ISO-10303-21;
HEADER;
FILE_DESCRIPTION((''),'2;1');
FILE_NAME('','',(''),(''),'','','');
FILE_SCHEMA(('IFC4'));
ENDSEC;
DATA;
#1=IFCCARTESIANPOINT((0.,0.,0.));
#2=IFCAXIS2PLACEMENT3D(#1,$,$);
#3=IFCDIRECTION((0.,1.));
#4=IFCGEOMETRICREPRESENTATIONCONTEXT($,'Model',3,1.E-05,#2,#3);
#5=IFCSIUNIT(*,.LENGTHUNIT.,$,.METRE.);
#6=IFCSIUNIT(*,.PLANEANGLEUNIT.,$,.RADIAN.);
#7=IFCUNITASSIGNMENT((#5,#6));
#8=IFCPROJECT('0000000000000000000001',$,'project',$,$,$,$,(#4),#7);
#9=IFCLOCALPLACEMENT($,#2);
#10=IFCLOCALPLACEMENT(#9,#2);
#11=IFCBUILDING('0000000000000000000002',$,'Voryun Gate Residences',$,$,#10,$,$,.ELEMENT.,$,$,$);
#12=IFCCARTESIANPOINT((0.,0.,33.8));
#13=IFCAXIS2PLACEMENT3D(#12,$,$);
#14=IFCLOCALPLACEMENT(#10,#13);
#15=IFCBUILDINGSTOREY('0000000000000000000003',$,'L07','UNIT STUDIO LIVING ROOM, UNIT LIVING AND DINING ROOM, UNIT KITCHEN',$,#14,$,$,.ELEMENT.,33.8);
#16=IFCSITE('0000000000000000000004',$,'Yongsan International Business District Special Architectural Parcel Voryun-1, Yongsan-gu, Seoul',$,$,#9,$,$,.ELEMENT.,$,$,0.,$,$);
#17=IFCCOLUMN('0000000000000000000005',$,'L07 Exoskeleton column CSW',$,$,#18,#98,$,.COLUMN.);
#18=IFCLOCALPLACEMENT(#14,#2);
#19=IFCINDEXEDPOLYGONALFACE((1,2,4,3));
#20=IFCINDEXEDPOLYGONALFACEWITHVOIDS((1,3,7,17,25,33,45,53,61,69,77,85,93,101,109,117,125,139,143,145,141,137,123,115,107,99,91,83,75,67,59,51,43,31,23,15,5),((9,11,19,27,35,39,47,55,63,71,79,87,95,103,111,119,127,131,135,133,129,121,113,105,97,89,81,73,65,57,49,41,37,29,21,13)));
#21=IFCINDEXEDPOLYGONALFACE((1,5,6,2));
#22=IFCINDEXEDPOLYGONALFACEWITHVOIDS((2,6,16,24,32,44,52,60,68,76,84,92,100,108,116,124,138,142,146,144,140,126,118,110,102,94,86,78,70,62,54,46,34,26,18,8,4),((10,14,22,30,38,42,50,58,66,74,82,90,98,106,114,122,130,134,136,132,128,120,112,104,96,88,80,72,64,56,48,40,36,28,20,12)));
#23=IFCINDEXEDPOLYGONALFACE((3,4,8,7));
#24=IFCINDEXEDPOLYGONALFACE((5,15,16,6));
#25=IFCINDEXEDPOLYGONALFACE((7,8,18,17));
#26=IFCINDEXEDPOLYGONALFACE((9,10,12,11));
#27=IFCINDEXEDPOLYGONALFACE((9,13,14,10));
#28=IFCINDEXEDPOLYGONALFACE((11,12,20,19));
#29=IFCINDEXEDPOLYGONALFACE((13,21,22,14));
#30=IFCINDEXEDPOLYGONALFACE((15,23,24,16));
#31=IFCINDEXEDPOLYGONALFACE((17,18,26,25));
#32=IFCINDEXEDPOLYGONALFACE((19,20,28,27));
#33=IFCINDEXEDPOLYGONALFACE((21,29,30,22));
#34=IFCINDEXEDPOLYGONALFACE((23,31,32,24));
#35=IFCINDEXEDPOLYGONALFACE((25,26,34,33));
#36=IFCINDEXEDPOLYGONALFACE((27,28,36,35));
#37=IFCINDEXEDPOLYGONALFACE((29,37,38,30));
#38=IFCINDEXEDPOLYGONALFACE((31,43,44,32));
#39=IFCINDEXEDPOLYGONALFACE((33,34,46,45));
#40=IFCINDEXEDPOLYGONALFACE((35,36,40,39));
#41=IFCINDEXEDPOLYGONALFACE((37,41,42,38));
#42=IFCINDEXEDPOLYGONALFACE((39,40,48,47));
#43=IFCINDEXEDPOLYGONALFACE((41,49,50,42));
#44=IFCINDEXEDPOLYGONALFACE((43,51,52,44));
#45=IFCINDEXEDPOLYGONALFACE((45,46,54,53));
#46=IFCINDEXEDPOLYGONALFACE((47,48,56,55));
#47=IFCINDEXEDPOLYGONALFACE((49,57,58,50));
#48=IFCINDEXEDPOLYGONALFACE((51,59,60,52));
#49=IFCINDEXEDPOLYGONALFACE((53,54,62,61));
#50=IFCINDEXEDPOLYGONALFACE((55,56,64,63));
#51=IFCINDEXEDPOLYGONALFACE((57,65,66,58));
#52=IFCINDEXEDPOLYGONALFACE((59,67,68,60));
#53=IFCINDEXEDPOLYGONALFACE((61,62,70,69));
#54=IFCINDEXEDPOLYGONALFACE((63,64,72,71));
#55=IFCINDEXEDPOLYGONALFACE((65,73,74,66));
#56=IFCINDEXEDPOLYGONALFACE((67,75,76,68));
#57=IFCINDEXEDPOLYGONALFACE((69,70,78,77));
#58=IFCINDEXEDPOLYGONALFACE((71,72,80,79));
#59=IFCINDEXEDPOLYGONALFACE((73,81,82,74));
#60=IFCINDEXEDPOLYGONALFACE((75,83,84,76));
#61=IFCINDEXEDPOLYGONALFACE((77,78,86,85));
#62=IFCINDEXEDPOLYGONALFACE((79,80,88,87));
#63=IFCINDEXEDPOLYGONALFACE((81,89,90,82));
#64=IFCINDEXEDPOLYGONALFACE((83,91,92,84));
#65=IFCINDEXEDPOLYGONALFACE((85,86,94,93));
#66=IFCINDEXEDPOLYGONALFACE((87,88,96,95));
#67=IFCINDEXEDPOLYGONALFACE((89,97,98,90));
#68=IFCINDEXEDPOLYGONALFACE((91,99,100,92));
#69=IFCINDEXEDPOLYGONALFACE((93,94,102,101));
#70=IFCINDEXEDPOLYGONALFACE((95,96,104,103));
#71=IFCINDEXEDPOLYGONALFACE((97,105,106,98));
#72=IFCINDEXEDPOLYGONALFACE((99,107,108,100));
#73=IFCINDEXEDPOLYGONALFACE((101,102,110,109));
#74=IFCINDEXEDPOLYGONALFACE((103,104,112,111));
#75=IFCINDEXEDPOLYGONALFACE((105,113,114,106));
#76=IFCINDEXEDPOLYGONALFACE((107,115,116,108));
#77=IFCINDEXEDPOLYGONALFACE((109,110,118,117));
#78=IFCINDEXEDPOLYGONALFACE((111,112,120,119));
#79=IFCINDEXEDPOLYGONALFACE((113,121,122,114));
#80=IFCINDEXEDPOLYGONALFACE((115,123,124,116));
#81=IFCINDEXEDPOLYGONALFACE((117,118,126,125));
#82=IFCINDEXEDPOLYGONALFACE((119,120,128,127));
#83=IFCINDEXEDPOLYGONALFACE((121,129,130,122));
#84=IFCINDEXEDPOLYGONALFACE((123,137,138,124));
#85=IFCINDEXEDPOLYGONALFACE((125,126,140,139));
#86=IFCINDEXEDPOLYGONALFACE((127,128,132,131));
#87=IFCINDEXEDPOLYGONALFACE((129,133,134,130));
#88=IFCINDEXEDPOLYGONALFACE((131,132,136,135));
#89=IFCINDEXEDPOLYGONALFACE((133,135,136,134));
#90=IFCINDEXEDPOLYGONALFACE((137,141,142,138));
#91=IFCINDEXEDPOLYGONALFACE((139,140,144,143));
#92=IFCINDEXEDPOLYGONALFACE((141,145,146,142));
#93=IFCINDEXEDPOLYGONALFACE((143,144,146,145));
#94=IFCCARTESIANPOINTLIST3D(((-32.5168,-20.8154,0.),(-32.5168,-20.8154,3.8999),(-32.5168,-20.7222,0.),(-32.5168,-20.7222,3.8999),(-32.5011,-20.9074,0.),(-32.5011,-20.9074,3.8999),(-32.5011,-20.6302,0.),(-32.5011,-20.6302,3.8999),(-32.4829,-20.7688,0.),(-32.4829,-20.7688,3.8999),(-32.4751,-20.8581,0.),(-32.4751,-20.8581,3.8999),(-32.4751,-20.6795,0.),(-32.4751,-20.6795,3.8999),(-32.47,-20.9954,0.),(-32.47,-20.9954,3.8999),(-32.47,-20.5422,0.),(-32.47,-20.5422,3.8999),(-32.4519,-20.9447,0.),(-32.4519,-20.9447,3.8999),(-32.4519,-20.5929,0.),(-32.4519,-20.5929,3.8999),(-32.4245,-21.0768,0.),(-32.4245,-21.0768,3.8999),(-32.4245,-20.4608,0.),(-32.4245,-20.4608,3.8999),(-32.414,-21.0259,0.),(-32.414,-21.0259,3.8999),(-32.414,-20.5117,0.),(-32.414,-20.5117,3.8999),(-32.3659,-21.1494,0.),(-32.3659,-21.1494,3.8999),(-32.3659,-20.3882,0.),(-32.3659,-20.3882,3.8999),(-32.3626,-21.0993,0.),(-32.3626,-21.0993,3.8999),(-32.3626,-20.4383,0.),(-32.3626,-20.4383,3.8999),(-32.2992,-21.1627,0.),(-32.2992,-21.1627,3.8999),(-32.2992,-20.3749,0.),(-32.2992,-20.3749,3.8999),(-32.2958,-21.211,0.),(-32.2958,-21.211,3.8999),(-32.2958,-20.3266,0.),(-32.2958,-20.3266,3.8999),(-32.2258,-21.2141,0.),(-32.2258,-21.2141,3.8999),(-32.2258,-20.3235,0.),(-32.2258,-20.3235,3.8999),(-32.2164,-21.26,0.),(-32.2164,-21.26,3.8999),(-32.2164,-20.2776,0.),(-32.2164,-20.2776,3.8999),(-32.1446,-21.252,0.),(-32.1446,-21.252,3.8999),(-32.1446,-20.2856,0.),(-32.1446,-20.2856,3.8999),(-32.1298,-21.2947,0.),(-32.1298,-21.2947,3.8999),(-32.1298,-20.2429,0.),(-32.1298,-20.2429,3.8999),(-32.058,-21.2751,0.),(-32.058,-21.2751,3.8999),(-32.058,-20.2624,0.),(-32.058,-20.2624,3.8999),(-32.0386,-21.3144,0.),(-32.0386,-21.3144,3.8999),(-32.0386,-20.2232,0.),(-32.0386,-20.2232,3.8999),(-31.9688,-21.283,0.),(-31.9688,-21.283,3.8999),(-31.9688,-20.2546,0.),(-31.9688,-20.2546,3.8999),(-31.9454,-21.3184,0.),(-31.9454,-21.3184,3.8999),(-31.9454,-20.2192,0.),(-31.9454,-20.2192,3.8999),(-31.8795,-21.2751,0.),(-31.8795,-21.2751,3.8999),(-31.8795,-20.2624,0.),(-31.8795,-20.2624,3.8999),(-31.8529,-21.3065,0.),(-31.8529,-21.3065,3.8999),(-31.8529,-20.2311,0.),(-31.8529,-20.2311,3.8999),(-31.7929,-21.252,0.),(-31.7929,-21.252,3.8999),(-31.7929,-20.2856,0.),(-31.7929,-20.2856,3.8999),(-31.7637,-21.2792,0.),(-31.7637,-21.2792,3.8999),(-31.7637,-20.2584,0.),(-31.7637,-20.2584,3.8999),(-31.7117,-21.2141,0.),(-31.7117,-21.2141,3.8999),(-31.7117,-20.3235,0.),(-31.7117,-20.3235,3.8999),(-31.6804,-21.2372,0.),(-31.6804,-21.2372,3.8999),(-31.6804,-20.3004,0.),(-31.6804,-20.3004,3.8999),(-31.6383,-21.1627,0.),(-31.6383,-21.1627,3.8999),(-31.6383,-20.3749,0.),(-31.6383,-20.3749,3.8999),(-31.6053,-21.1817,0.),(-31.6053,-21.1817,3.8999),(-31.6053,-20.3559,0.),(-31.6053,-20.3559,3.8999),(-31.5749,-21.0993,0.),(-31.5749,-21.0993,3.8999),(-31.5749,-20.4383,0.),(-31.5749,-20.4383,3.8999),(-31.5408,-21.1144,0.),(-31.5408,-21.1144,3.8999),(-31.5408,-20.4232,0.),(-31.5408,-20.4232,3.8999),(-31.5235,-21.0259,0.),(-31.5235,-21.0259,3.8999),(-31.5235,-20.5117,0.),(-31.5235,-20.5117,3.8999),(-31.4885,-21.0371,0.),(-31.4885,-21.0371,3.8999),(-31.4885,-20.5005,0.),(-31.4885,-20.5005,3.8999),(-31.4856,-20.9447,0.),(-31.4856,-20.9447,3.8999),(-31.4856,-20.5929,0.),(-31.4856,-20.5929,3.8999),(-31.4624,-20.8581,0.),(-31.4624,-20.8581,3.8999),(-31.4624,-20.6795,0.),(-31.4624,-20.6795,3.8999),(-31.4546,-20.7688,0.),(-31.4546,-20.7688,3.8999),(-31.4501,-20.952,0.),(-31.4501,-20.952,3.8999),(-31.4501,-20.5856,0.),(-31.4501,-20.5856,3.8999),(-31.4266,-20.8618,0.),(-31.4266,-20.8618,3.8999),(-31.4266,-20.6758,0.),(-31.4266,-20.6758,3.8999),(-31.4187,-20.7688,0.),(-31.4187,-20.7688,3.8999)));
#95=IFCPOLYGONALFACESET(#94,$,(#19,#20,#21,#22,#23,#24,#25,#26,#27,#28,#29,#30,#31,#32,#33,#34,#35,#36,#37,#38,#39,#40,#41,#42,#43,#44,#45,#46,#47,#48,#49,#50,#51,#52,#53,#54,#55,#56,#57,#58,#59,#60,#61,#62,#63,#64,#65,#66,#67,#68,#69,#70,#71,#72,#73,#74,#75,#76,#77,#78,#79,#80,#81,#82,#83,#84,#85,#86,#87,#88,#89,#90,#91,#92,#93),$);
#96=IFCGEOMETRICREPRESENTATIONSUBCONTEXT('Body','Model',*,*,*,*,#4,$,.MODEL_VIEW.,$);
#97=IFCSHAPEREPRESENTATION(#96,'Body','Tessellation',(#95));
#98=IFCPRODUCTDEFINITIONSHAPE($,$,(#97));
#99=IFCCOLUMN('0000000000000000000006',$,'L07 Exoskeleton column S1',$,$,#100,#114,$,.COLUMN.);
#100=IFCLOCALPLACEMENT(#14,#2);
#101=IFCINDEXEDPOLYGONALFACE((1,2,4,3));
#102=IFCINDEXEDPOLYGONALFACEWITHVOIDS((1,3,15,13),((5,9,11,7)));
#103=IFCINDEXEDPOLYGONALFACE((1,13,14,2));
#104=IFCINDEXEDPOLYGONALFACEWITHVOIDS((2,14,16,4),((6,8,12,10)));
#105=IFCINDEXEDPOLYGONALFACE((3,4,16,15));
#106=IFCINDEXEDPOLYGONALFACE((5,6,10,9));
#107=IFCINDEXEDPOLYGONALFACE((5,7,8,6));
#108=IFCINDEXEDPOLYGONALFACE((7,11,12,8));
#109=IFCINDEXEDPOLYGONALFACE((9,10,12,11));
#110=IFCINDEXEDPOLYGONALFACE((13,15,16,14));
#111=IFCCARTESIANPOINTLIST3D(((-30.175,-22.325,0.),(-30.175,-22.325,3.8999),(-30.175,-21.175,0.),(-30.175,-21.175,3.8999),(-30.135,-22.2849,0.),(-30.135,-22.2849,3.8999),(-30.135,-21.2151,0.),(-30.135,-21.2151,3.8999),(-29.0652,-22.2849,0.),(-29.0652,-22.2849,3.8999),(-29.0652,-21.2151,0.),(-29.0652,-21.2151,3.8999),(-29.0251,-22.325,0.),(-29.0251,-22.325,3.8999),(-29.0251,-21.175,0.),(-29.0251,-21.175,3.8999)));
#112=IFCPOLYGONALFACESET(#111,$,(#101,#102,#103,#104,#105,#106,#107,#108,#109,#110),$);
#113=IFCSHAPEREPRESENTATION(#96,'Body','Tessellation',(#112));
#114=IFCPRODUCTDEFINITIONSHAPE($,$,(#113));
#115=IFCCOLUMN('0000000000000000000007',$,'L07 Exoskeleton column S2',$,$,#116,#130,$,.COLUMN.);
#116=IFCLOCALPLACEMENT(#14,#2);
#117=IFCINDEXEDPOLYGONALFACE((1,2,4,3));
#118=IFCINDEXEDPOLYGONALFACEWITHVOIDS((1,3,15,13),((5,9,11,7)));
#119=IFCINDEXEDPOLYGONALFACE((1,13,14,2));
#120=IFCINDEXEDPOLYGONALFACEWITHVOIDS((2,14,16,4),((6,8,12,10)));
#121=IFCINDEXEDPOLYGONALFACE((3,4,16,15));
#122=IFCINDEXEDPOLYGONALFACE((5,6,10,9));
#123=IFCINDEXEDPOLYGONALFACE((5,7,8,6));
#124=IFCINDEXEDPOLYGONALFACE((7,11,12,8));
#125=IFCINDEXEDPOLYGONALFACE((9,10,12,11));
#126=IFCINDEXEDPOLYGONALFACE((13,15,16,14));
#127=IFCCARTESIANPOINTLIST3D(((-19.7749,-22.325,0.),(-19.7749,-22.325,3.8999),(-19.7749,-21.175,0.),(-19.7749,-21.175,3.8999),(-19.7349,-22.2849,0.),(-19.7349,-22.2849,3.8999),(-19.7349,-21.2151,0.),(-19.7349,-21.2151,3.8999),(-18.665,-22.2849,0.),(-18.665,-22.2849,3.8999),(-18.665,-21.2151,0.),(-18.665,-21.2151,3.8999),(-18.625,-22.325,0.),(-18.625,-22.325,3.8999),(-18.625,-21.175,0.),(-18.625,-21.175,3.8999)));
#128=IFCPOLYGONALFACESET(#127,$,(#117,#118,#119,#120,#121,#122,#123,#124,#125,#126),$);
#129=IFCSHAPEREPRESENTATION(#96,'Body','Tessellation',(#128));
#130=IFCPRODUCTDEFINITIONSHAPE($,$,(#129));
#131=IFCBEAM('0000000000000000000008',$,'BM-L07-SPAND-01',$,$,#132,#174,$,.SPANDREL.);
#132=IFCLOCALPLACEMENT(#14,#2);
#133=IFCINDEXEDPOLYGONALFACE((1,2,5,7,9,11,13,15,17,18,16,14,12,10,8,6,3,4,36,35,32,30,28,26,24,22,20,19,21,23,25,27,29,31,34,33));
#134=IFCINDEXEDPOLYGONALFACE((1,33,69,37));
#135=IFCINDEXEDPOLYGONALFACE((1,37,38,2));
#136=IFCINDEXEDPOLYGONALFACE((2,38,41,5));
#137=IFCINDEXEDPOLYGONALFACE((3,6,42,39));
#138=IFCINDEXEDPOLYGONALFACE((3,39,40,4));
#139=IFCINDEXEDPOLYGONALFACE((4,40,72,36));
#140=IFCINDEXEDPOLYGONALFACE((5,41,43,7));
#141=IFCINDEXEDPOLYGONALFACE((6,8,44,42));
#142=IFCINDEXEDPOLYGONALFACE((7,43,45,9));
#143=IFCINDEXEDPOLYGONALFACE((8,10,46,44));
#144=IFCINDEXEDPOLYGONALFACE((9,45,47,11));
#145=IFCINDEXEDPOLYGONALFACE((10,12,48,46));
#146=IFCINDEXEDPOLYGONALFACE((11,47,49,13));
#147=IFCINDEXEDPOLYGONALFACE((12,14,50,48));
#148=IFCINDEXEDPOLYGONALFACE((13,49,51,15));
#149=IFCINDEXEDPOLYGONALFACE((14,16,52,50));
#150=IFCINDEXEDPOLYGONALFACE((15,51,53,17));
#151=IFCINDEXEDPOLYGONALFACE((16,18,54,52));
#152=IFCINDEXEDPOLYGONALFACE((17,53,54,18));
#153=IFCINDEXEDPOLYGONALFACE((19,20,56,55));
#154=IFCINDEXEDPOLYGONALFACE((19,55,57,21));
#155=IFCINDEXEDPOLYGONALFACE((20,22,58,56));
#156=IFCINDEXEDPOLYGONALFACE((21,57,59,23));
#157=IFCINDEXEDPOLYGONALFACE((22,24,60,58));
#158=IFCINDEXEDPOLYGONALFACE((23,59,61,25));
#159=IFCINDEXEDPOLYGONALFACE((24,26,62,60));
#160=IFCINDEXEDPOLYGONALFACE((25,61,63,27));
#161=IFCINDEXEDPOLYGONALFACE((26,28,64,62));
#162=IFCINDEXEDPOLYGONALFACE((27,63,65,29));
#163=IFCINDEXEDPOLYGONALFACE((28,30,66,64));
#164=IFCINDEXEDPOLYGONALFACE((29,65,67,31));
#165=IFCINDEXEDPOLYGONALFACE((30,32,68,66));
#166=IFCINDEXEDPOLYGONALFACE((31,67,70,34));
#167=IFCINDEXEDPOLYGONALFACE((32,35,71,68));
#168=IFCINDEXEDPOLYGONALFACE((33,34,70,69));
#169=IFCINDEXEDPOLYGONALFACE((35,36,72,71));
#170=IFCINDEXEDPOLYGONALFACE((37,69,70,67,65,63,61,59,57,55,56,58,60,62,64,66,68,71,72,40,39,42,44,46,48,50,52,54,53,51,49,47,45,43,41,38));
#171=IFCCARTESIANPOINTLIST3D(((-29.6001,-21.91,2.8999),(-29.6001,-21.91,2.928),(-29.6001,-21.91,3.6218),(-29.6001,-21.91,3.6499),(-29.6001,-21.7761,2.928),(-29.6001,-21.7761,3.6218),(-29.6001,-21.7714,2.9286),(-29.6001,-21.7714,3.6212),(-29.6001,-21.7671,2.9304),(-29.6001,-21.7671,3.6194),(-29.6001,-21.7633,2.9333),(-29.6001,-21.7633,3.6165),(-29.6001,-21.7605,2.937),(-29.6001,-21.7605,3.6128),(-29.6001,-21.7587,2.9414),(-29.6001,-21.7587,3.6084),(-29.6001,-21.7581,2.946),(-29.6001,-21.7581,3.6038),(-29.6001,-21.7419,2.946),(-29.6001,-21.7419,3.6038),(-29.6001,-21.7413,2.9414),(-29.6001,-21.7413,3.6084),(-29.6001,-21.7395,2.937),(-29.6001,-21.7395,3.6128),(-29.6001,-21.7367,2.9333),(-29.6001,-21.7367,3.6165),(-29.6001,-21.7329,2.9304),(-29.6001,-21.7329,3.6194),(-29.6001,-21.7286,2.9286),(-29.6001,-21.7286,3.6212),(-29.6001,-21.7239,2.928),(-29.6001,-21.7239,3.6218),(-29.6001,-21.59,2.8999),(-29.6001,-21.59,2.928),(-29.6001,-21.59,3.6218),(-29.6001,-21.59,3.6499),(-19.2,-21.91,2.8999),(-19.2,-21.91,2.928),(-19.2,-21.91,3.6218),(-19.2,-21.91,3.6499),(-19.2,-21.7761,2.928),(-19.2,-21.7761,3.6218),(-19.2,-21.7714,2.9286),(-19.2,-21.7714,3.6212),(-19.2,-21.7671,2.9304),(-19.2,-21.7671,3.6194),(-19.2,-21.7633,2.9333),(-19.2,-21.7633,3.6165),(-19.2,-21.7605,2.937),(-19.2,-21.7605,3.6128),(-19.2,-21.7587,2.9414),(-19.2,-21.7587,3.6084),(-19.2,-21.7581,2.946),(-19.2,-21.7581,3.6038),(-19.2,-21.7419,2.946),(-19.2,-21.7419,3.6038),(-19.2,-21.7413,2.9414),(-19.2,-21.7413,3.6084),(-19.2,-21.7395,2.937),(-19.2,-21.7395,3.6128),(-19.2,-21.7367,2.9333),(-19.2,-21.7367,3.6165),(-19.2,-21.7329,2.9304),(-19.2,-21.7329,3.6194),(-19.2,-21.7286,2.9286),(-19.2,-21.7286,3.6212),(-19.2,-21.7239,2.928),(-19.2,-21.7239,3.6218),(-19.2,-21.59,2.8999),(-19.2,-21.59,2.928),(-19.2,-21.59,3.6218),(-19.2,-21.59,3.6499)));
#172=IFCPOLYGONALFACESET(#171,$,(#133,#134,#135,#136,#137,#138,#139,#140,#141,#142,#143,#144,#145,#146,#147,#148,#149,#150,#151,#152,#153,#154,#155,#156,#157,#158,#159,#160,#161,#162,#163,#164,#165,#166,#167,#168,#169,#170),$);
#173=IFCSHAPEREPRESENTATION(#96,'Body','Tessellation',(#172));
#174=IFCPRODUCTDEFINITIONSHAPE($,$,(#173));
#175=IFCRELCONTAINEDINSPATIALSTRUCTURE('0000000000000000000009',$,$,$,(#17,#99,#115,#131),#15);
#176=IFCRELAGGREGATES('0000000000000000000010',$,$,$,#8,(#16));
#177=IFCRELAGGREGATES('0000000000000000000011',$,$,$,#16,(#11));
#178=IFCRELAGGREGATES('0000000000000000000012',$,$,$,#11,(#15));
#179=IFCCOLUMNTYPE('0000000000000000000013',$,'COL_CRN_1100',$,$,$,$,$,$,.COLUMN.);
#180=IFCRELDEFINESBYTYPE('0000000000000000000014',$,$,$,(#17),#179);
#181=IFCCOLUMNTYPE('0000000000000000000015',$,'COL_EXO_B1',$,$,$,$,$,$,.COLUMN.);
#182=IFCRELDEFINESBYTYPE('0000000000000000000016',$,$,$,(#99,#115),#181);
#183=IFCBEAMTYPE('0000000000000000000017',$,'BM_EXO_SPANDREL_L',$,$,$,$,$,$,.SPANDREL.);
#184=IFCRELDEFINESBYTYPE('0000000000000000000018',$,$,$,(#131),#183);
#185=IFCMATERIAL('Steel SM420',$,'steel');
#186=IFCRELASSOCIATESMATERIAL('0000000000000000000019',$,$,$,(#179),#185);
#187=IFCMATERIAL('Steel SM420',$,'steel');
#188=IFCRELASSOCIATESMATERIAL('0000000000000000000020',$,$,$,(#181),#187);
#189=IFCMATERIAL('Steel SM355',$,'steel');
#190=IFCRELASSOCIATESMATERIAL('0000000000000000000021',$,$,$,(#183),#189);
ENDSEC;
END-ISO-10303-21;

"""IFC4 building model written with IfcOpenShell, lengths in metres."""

from ifc_helpers import new_model, si_unit, direction, frame, origin, origin_2d, place, context, subcontext, project, spatial, hollow_rectangle, hollow_circle, i_section, extrude, material, material_profile, profile_set, type_object, element, save


model = new_model("IFC4")

# Units and contexts
model_context = context("Model", 3, precision=1e-05, world=origin(), true_north=direction((0.0, 1.0)))
body_context = subcontext(model_context, "Body", "Model", "MODEL_VIEW")
ifc_project = project(units=[si_unit("LENGTHUNIT", "METRE"), si_unit("PLANEANGLEUNIT", "RADIAN")], contexts=[model_context])

# Site, building, storey
site_placement = place(None, origin())
site = spatial("IfcSite", under=ifc_project, at=site_placement, Name="Yongsan International Business District Special Architectural Parcel Voryun-1, Yongsan-gu, Seoul", CompositionType="ELEMENT", RefElevation=0.0)
building_placement = place(site_placement, origin())
building = spatial("IfcBuilding", under=site, at=building_placement, Name="Voryun Gate Residences", CompositionType="ELEMENT")
storey_placement = place(building_placement, frame((0.0, 0.0, 33.8)))
storey = spatial("IfcBuildingStorey", under=building, at=storey_placement, Name="L07", Description="UNIT STUDIO LIVING ROOM, UNIT LIVING AND DINING ROOM, UNIT KITCHEN", CompositionType="ELEMENT", Elevation=33.8)

# Columns
ifc_material_1 = material(Name="Steel SM420", Category="steel")
ifc_material_profile_1 = material_profile(ifc_material_1, hollow_circle(Radius=0.55, WallThickness=0.0359, at=origin_2d()), Name="CHS-1100x36")
ifc_profile_set_1 = profile_set([ifc_material_profile_1], Name="Steel SM420")
column_type_1 = type_object("IfcColumnType", Name="COL_CRN_1100", PredefinedType="COLUMN", material=ifc_profile_set_1)
column_placement = place(storey_placement, frame((-31.9688, -20.7688, 0.0), z_axis=(0.0, 0.0, 1.0), x_axis=(1.0, 0.0, 0.0)))
element("IfcColumn", 1, at=column_placement, inside=storey, type_object=column_type_1, Name="L07 Exoskeleton column CSW", PredefinedType="COLUMN", context=body_context, shape_type="SweptSolid", body=[
    extrude(hollow_circle(Radius=0.55, WallThickness=0.0359, at=origin_2d()), origin(), (0.0, 0.0, 1.0), 3.8999),
])
ifc_material_2 = material(Name="Steel SM420", Category="steel")
ifc_material_profile_2 = material_profile(ifc_material_2, hollow_rectangle(XDim=1.1499, YDim=1.1499, WallThickness=0.04, at=origin_2d()), Name="BOX-1150x1150x40")
ifc_profile_set_2 = profile_set([ifc_material_profile_2], Name="Steel SM420")
column_type_2 = type_object("IfcColumnType", Name="COL_EXO_B1", PredefinedType="COLUMN", material=ifc_profile_set_2)
for number, where, z_axis, x_axis, name in (
    (2, (-29.6001, -21.75, 0.0), (0.0, 0.0, 1.0), (1.0, 0.0, 0.0), "L07 Exoskeleton column S1"),
    (3, (-19.2, -21.75, 0.0), (0.0, 0.0, 1.0), (1.0, 0.0, 0.0), "L07 Exoskeleton column S2"),
):
    element("IfcColumn", number, at=place(storey_placement, frame(where, z_axis=z_axis, x_axis=x_axis)), inside=storey, type_object=column_type_2, Name=name, PredefinedType="COLUMN", context=body_context, shape_type="SweptSolid", body=[
        extrude(hollow_rectangle(XDim=1.1499, YDim=1.1499, WallThickness=0.04, at=origin_2d()), origin(), (0.0, 0.0, 1.0), 3.8999),
    ])

# Beam
ifc_material_3 = material(Name="Steel SM355", Category="steel")
ifc_material_profile_3 = material_profile(ifc_material_3, i_section(OverallWidth=0.3201, OverallDepth=0.75, WebThickness=0.0161, FlangeThickness=0.0281, FilletRadius=0.0181, at=origin_2d()), Name="H-750x320x16x28")
ifc_profile_set_3 = profile_set([ifc_material_profile_3], Name="Steel SM355")
beam_type = type_object("IfcBeamType", Name="BM_EXO_SPANDREL_L", PredefinedType="SPANDREL", material=ifc_profile_set_3)
beam_1_placement = place(storey_placement, frame((-29.6001, -21.75, 3.2749), z_axis=(1.0, 0.0, 0.0), x_axis=(0.0, 1.0, 0.0)))
element("IfcBeam", 4, at=beam_1_placement, inside=storey, type_object=beam_type, Name="BM-L07-SPAND-01", PredefinedType="SPANDREL", context=body_context, shape_type="SweptSolid", body=[
    extrude(i_section(OverallWidth=0.3201, OverallDepth=0.75, WebThickness=0.0161, FlangeThickness=0.0281, FilletRadius=0.0181, at=origin_2d()), origin(), (0.0, 0.0, 1.0), 10.4001),
])

save(model, "model.ifc")
